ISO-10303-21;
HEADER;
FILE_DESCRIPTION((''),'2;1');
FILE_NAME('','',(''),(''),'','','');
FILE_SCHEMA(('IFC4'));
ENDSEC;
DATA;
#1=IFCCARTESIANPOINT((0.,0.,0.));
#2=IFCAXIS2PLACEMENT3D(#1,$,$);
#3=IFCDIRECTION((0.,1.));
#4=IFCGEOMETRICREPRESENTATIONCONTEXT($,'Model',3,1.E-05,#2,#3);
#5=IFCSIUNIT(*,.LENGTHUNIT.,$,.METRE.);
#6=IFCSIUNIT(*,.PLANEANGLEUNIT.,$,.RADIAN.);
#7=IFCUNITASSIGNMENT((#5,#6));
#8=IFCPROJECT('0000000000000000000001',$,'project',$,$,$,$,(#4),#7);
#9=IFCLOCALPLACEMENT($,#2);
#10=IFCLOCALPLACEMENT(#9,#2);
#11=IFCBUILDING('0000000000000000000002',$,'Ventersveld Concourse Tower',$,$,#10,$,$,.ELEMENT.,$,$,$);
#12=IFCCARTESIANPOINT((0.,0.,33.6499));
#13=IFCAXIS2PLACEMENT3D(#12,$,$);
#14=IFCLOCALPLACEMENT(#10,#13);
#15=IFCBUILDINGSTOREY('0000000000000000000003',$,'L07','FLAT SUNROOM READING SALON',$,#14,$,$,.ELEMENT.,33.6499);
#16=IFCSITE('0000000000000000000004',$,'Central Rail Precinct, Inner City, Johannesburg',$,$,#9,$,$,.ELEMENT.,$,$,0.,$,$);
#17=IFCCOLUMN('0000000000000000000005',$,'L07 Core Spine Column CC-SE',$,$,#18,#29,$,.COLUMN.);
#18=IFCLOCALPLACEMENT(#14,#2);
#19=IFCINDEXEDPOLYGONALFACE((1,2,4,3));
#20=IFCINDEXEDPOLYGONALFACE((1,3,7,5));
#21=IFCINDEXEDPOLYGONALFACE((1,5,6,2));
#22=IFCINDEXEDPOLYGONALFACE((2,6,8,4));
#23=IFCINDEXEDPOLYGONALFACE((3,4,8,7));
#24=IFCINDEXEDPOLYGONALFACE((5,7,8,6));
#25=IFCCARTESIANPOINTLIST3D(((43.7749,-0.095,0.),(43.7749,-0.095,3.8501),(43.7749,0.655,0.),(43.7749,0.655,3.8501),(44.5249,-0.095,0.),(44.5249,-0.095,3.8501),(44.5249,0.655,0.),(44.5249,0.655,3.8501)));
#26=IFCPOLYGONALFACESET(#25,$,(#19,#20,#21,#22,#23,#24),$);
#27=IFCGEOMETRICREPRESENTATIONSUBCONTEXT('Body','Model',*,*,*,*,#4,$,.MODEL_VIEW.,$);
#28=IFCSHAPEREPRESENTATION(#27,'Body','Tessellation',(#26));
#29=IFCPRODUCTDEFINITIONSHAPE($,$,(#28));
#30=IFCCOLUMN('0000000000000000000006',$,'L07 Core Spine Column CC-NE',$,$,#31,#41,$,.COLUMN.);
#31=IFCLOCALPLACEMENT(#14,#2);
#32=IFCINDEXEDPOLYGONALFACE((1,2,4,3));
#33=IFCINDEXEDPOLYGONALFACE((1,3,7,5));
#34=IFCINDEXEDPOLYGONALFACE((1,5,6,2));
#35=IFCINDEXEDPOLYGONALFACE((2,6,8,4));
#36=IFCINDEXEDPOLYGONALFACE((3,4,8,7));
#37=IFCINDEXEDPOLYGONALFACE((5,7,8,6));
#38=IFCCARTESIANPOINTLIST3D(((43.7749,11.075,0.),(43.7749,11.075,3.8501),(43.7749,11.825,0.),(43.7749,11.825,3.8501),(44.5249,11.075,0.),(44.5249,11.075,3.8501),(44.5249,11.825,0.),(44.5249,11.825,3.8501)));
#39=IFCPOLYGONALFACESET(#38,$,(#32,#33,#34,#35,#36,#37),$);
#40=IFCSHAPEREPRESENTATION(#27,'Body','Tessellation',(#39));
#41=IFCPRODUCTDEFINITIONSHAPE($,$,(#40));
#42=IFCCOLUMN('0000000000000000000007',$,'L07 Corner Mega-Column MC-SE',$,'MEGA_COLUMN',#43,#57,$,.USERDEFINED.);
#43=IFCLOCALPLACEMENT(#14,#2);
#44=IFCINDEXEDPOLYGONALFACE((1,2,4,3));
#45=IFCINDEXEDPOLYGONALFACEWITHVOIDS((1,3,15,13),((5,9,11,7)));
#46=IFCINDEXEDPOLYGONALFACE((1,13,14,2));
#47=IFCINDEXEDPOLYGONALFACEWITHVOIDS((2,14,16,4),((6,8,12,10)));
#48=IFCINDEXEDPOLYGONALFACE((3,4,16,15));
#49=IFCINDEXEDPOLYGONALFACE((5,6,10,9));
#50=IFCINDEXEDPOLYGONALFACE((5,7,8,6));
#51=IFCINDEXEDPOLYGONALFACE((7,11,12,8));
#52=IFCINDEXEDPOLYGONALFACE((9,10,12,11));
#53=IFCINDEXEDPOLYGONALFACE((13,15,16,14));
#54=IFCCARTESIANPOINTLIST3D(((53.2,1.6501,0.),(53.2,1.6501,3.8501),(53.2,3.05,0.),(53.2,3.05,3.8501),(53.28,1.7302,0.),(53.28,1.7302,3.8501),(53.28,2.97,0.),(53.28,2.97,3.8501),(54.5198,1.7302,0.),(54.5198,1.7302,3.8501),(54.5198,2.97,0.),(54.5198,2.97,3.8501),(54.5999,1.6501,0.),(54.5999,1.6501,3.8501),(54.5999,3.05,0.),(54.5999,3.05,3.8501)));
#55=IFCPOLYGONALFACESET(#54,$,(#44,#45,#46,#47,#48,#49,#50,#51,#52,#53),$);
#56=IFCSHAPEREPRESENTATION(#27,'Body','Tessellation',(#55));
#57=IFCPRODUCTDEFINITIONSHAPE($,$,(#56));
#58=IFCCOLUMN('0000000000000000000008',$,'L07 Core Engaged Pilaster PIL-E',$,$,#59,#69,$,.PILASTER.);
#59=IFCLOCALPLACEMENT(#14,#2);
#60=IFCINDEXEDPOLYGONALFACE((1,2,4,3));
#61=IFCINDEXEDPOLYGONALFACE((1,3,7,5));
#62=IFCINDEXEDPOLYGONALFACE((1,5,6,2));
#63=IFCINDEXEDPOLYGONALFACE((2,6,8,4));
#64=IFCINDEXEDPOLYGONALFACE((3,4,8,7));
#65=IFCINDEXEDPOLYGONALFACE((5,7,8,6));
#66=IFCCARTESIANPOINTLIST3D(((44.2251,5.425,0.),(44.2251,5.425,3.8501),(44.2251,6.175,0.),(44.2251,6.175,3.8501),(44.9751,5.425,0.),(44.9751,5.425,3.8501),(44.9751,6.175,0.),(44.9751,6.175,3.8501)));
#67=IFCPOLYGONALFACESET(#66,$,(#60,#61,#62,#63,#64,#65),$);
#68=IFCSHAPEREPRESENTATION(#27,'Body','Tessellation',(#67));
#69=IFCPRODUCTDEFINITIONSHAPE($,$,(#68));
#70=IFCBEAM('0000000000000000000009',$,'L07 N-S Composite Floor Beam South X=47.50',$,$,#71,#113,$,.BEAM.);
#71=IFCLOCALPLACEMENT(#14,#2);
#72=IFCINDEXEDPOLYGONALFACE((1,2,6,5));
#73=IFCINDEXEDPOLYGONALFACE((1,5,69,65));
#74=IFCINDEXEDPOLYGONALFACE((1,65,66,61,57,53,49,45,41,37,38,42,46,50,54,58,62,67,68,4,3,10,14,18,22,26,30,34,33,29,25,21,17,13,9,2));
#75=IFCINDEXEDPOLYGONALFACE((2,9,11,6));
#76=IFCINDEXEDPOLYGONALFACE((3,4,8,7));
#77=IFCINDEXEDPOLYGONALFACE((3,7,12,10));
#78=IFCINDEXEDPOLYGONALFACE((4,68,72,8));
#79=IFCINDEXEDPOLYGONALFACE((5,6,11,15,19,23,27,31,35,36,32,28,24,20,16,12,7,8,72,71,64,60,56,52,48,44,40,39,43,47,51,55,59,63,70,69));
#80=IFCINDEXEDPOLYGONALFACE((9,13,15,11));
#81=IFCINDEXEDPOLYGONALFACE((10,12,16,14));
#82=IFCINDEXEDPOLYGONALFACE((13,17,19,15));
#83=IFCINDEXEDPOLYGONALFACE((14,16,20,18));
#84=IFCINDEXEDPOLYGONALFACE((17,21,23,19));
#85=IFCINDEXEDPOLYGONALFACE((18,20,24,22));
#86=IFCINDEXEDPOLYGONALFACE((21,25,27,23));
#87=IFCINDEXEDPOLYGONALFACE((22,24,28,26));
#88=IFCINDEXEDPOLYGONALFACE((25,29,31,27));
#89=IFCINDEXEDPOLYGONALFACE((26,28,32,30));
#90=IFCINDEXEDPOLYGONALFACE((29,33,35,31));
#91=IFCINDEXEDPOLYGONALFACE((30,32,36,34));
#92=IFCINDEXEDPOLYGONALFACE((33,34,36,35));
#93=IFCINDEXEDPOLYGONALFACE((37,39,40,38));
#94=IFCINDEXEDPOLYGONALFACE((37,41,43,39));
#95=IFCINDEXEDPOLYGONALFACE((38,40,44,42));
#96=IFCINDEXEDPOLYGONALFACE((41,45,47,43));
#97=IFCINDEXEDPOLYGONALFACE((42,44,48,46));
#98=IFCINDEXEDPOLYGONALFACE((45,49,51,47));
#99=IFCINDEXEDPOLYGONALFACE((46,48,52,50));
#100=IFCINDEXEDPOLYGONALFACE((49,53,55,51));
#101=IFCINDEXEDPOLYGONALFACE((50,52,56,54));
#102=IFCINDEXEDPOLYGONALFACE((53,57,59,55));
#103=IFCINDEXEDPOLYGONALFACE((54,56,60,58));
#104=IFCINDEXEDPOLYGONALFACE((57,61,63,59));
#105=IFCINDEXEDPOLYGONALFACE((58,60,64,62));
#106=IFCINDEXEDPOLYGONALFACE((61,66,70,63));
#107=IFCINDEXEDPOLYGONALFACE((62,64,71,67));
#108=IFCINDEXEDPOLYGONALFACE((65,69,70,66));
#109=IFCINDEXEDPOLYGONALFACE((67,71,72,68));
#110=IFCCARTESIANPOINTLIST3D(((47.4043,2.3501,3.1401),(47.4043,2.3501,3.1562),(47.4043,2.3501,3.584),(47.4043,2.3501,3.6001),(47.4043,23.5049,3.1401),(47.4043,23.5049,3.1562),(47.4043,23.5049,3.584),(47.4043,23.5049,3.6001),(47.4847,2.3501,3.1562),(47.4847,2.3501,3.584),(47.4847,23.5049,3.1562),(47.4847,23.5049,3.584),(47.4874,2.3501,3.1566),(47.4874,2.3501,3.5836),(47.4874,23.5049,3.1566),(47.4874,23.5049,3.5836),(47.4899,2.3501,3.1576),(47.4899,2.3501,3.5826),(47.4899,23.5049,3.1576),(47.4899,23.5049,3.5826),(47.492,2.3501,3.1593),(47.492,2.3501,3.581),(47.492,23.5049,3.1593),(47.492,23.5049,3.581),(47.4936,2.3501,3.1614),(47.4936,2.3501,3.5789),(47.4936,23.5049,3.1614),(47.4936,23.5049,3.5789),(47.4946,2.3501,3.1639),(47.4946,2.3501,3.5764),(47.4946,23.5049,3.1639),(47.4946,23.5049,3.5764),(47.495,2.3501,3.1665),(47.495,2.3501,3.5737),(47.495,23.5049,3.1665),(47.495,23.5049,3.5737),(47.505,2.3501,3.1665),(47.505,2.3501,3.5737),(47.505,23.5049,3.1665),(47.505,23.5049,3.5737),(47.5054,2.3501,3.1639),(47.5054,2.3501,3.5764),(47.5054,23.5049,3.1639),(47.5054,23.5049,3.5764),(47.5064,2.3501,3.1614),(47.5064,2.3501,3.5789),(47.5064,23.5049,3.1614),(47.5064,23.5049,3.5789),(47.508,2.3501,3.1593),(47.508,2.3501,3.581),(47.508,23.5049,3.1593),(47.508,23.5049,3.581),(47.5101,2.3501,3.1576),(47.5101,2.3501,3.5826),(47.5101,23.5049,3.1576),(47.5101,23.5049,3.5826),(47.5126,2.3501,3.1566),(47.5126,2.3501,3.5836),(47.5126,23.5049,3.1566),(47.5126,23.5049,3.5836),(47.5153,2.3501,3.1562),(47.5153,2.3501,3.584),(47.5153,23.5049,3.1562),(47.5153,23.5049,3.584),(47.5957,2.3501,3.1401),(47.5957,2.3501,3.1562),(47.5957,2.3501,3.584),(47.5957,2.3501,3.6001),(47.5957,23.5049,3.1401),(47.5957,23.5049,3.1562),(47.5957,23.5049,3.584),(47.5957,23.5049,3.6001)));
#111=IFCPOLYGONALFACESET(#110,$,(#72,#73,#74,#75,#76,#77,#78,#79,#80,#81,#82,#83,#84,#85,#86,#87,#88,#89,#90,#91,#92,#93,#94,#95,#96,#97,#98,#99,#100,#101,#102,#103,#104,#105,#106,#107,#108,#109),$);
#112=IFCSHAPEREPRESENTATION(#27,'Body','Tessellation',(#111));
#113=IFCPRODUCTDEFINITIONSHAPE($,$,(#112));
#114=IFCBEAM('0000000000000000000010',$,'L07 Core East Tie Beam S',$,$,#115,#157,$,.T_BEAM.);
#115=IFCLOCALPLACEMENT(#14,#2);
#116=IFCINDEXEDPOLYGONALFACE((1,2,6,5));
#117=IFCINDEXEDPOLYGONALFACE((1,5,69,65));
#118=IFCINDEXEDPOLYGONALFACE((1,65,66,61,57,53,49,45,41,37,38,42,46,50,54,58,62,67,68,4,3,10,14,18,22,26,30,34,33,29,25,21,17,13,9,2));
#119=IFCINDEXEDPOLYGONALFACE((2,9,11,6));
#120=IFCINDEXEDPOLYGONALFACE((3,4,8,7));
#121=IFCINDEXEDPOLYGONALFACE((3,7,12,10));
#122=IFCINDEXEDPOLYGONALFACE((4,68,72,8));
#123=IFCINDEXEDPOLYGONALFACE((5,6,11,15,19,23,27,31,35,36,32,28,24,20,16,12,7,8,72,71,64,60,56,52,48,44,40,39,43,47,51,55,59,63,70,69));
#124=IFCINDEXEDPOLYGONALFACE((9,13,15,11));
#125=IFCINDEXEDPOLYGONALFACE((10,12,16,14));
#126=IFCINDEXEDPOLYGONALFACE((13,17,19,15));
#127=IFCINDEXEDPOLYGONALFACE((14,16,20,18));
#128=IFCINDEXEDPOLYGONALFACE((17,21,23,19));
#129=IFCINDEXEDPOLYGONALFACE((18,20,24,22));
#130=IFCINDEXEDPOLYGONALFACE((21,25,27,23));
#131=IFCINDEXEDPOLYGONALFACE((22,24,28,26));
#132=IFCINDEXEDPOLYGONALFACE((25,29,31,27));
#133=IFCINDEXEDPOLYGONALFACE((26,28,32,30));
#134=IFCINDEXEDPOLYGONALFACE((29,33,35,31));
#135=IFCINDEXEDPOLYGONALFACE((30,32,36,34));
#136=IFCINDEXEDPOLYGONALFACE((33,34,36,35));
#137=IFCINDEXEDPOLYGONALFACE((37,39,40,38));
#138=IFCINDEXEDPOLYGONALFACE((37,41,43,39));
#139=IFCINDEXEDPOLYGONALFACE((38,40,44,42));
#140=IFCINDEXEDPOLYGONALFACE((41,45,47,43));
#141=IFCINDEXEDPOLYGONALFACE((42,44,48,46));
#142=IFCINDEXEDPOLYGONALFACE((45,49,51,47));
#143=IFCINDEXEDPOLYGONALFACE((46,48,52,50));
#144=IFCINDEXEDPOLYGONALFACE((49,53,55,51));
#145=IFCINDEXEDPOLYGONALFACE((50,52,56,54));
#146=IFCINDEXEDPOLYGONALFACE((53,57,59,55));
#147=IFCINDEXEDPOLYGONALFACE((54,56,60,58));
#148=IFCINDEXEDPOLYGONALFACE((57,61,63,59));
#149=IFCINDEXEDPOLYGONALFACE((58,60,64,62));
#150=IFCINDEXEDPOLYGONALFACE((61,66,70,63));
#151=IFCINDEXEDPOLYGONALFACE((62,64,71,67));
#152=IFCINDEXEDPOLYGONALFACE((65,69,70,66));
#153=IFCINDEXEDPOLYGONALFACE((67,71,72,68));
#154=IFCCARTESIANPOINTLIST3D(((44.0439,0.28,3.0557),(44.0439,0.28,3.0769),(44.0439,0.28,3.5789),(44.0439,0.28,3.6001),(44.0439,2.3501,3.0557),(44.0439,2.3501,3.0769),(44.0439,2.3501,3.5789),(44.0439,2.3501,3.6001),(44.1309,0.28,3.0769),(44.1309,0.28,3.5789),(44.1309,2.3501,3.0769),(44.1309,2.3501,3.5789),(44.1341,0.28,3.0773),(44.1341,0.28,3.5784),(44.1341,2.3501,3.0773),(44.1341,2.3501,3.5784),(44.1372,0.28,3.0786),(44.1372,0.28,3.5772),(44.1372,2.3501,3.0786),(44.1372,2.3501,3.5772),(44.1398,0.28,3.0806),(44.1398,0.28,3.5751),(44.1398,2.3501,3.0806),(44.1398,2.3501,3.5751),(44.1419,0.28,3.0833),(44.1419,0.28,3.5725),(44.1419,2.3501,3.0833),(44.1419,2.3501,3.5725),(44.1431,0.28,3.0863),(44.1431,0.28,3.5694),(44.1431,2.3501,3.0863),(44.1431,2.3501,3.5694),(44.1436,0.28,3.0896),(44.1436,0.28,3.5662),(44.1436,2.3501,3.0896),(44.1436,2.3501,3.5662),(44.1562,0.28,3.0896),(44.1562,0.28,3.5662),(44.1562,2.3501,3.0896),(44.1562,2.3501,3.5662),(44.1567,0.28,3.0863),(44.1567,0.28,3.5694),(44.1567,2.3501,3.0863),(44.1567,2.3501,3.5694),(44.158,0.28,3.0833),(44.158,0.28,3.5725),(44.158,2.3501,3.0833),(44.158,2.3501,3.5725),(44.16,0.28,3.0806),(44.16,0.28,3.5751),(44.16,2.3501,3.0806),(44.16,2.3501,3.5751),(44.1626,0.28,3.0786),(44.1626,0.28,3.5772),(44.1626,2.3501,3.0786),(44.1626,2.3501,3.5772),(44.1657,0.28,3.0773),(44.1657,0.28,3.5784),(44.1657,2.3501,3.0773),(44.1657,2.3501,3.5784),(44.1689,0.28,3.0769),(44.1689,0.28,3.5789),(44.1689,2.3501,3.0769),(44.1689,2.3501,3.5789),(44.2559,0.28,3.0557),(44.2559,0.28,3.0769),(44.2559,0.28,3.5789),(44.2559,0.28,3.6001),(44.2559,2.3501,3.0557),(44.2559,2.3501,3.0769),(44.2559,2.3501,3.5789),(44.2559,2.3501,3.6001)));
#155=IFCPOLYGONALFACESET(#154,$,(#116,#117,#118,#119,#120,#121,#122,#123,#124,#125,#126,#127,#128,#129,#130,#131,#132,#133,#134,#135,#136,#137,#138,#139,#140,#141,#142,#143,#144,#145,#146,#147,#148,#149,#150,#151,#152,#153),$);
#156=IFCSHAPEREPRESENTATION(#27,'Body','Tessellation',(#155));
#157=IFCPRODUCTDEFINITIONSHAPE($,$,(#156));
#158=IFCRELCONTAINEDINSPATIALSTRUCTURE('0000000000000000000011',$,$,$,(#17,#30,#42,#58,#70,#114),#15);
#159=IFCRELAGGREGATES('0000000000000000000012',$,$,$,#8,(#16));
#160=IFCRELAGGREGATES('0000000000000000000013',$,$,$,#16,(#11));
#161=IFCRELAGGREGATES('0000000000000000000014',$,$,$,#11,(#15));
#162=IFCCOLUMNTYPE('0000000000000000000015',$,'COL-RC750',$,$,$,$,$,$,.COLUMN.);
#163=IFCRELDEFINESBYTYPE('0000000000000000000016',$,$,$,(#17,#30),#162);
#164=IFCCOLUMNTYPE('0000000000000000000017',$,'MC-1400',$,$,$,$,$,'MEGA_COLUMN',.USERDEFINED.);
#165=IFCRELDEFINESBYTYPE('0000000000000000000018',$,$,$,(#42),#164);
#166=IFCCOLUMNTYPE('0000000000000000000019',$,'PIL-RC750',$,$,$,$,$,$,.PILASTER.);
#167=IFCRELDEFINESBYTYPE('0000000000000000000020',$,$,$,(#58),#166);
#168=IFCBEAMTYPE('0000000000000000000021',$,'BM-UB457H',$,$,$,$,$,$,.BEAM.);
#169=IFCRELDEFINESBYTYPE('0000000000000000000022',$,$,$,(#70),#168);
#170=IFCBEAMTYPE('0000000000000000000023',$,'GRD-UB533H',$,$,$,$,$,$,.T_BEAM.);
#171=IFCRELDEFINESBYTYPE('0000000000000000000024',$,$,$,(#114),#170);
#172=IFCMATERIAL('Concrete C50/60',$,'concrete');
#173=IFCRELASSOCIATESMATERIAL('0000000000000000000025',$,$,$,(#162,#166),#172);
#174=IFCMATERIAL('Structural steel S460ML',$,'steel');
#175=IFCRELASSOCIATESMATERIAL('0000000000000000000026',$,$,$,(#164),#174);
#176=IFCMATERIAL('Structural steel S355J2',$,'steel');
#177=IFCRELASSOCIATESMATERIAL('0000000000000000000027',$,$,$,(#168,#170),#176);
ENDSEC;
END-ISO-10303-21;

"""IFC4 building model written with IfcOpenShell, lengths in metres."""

from ifc_helpers import new_model, si_unit, direction, frame, origin, origin_2d, place, context, subcontext, project, spatial, rectangle, hollow_rectangle, i_section, extrude, material, material_profile, profile_set, type_object, element, save


model = new_model("IFC4")

# Units and contexts
model_context = context("Model", 3, precision=1e-05, world=origin(), true_north=direction((0.0, 1.0)))
body_context = subcontext(model_context, "Body", "Model", "MODEL_VIEW")
ifc_project = project(units=[si_unit("LENGTHUNIT", "METRE"), si_unit("PLANEANGLEUNIT", "RADIAN")], contexts=[model_context])

# Site, building, storey
site_placement = place(None, origin())
site = spatial("IfcSite", under=ifc_project, at=site_placement, Name="Central Rail Precinct, Inner City, Johannesburg", CompositionType="ELEMENT", RefElevation=0.0)
building_placement = place(site_placement, origin())
building = spatial("IfcBuilding", under=site, at=building_placement, Name="Ventersveld Concourse Tower", CompositionType="ELEMENT")
storey_placement = place(building_placement, frame((0.0, 0.0, 33.6499)))
storey = spatial("IfcBuildingStorey", under=building, at=storey_placement, Name="L07", Description="FLAT SUNROOM READING SALON", CompositionType="ELEMENT", Elevation=33.6499)

# Columns
ifc_material_1 = material(Name="Concrete C50/60", Category="concrete")
ifc_material_profile_1 = material_profile(ifc_material_1, rectangle(XDim=0.75, YDim=0.75, at=origin_2d()), Name="RC 750x750")
ifc_profile_set_1 = profile_set([ifc_material_profile_1], Name="Concrete C50/60")
column_type_1 = type_object("IfcColumnType", Name="COL-RC750", PredefinedType="COLUMN", material=ifc_profile_set_1)
for number, where, z_axis, x_axis, name in (
    (1, (44.1499, 0.28, 0.0), (0.0, 0.0, 1.0), (1.0, 0.0, 0.0), "L07 Core Spine Column CC-SE"),
    (2, (44.1499, 11.45, 0.0), (0.0, 0.0, 1.0), (1.0, 0.0, 0.0), "L07 Core Spine Column CC-NE"),
):
    element("IfcColumn", number, at=place(storey_placement, frame(where, z_axis=z_axis, x_axis=x_axis)), inside=storey, type_object=column_type_1, Name=name, PredefinedType="COLUMN", context=body_context, shape_type="SweptSolid", body=[
        extrude(rectangle(XDim=0.75, YDim=0.75, at=origin_2d()), origin(), (0.0, 0.0, 1.0), 3.8501),
    ])
ifc_material_2 = material(Name="Structural steel S460ML", Category="steel")
ifc_material_profile_2 = material_profile(ifc_material_2, hollow_rectangle(XDim=1.3999, YDim=1.3999, WallThickness=0.0801, at=origin_2d()), Name="BOX 1400x1400x80")
ifc_profile_set_2 = profile_set([ifc_material_profile_2], Name="Structural steel S460ML")
column_type_2 = type_object("IfcColumnType", Name="MC-1400", ElementType="MEGA_COLUMN", PredefinedType="USERDEFINED", material=ifc_profile_set_2)
column_1_placement = place(storey_placement, frame((53.8999, 2.3501, 0.0), z_axis=(0.0, 0.0, 1.0), x_axis=(1.0, 0.0, 0.0)))
element("IfcColumn", 3, at=column_1_placement, inside=storey, type_object=column_type_2, Name="L07 Corner Mega-Column MC-SE", ObjectType="MEGA_COLUMN", PredefinedType="USERDEFINED", context=body_context, shape_type="SweptSolid", body=[
    extrude(hollow_rectangle(XDim=1.3999, YDim=1.3999, WallThickness=0.0801, at=origin_2d()), origin(), (0.0, 0.0, 1.0), 3.8501),
])
ifc_material_profile_3 = material_profile(ifc_material_1, rectangle(XDim=0.75, YDim=0.75, at=origin_2d()), Name="RC 750x750")
ifc_profile_set_3 = profile_set([ifc_material_profile_3], Name="Concrete C50/60")
column_type_3 = type_object("IfcColumnType", Name="PIL-RC750", PredefinedType="PILASTER", material=ifc_profile_set_3)
column_2_placement = place(storey_placement, frame((44.6001, 5.8, 0.0), z_axis=(0.0, 0.0, 1.0), x_axis=(1.0, 0.0, 0.0)))
element("IfcColumn", 4, at=column_2_placement, inside=storey, type_object=column_type_3, Name="L07 Core Engaged Pilaster PIL-E", PredefinedType="PILASTER", context=body_context, shape_type="SweptSolid", body=[
    extrude(rectangle(XDim=0.75, YDim=0.75, at=origin_2d()), origin(), (0.0, 0.0, 1.0), 3.8501),
])

# Beams
ifc_material_3 = material(Name="Structural steel S355J2", Category="steel")
ifc_material_profile_4 = material_profile(ifc_material_3, i_section(OverallWidth=0.1914, OverallDepth=0.46, WebThickness=0.01, FlangeThickness=0.0161, FilletRadius=0.0103, at=origin_2d()), Name="UB 457x191x82")
ifc_profile_set_4 = profile_set([ifc_material_profile_4], Name="Structural steel S355J2")
beam_type_1 = type_object("IfcBeamType", Name="BM-UB457H", PredefinedType="BEAM", material=ifc_profile_set_4)
beam_1_placement = place(storey_placement, frame((47.5, 2.3501, 3.3701), z_axis=(0.0, 1.0, 0.0), x_axis=(-1.0, 0.0, 0.0)))
element("IfcBeam", 5, at=beam_1_placement, inside=storey, type_object=beam_type_1, Name="L07 N-S Composite Floor Beam South X=47.50", PredefinedType="BEAM", context=body_context, shape_type="SweptSolid", body=[
    extrude(i_section(OverallWidth=0.1914, OverallDepth=0.46, WebThickness=0.01, FlangeThickness=0.0161, FilletRadius=0.0103, at=origin_2d()), origin(), (0.0, 0.0, 1.0), 21.1548),
])
ifc_material_profile_5 = material_profile(ifc_material_3, i_section(OverallWidth=0.2119, OverallDepth=0.5444, WebThickness=0.0127, FlangeThickness=0.0212, FilletRadius=0.0127, at=origin_2d()), Name="UB 533x210x122")
ifc_profile_set_5 = profile_set([ifc_material_profile_5], Name="Structural steel S355J2")
beam_type_2 = type_object("IfcBeamType", Name="GRD-UB533H", PredefinedType="T_BEAM", material=ifc_profile_set_5)
beam_2_placement = place(storey_placement, frame((44.1499, 0.28, 3.3279), z_axis=(0.0, 1.0, 0.0), x_axis=(-1.0, 0.0, 0.0)))
element("IfcBeam", 6, at=beam_2_placement, inside=storey, type_object=beam_type_2, Name="L07 Core East Tie Beam S", PredefinedType="T_BEAM", context=body_context, shape_type="SweptSolid", body=[
    extrude(i_section(OverallWidth=0.2119, OverallDepth=0.5444, WebThickness=0.0127, FlangeThickness=0.0212, FilletRadius=0.0127, at=origin_2d()), origin(), (0.0, 0.0, 1.0), 2.0701),
])

save(model, "model.ifc")
